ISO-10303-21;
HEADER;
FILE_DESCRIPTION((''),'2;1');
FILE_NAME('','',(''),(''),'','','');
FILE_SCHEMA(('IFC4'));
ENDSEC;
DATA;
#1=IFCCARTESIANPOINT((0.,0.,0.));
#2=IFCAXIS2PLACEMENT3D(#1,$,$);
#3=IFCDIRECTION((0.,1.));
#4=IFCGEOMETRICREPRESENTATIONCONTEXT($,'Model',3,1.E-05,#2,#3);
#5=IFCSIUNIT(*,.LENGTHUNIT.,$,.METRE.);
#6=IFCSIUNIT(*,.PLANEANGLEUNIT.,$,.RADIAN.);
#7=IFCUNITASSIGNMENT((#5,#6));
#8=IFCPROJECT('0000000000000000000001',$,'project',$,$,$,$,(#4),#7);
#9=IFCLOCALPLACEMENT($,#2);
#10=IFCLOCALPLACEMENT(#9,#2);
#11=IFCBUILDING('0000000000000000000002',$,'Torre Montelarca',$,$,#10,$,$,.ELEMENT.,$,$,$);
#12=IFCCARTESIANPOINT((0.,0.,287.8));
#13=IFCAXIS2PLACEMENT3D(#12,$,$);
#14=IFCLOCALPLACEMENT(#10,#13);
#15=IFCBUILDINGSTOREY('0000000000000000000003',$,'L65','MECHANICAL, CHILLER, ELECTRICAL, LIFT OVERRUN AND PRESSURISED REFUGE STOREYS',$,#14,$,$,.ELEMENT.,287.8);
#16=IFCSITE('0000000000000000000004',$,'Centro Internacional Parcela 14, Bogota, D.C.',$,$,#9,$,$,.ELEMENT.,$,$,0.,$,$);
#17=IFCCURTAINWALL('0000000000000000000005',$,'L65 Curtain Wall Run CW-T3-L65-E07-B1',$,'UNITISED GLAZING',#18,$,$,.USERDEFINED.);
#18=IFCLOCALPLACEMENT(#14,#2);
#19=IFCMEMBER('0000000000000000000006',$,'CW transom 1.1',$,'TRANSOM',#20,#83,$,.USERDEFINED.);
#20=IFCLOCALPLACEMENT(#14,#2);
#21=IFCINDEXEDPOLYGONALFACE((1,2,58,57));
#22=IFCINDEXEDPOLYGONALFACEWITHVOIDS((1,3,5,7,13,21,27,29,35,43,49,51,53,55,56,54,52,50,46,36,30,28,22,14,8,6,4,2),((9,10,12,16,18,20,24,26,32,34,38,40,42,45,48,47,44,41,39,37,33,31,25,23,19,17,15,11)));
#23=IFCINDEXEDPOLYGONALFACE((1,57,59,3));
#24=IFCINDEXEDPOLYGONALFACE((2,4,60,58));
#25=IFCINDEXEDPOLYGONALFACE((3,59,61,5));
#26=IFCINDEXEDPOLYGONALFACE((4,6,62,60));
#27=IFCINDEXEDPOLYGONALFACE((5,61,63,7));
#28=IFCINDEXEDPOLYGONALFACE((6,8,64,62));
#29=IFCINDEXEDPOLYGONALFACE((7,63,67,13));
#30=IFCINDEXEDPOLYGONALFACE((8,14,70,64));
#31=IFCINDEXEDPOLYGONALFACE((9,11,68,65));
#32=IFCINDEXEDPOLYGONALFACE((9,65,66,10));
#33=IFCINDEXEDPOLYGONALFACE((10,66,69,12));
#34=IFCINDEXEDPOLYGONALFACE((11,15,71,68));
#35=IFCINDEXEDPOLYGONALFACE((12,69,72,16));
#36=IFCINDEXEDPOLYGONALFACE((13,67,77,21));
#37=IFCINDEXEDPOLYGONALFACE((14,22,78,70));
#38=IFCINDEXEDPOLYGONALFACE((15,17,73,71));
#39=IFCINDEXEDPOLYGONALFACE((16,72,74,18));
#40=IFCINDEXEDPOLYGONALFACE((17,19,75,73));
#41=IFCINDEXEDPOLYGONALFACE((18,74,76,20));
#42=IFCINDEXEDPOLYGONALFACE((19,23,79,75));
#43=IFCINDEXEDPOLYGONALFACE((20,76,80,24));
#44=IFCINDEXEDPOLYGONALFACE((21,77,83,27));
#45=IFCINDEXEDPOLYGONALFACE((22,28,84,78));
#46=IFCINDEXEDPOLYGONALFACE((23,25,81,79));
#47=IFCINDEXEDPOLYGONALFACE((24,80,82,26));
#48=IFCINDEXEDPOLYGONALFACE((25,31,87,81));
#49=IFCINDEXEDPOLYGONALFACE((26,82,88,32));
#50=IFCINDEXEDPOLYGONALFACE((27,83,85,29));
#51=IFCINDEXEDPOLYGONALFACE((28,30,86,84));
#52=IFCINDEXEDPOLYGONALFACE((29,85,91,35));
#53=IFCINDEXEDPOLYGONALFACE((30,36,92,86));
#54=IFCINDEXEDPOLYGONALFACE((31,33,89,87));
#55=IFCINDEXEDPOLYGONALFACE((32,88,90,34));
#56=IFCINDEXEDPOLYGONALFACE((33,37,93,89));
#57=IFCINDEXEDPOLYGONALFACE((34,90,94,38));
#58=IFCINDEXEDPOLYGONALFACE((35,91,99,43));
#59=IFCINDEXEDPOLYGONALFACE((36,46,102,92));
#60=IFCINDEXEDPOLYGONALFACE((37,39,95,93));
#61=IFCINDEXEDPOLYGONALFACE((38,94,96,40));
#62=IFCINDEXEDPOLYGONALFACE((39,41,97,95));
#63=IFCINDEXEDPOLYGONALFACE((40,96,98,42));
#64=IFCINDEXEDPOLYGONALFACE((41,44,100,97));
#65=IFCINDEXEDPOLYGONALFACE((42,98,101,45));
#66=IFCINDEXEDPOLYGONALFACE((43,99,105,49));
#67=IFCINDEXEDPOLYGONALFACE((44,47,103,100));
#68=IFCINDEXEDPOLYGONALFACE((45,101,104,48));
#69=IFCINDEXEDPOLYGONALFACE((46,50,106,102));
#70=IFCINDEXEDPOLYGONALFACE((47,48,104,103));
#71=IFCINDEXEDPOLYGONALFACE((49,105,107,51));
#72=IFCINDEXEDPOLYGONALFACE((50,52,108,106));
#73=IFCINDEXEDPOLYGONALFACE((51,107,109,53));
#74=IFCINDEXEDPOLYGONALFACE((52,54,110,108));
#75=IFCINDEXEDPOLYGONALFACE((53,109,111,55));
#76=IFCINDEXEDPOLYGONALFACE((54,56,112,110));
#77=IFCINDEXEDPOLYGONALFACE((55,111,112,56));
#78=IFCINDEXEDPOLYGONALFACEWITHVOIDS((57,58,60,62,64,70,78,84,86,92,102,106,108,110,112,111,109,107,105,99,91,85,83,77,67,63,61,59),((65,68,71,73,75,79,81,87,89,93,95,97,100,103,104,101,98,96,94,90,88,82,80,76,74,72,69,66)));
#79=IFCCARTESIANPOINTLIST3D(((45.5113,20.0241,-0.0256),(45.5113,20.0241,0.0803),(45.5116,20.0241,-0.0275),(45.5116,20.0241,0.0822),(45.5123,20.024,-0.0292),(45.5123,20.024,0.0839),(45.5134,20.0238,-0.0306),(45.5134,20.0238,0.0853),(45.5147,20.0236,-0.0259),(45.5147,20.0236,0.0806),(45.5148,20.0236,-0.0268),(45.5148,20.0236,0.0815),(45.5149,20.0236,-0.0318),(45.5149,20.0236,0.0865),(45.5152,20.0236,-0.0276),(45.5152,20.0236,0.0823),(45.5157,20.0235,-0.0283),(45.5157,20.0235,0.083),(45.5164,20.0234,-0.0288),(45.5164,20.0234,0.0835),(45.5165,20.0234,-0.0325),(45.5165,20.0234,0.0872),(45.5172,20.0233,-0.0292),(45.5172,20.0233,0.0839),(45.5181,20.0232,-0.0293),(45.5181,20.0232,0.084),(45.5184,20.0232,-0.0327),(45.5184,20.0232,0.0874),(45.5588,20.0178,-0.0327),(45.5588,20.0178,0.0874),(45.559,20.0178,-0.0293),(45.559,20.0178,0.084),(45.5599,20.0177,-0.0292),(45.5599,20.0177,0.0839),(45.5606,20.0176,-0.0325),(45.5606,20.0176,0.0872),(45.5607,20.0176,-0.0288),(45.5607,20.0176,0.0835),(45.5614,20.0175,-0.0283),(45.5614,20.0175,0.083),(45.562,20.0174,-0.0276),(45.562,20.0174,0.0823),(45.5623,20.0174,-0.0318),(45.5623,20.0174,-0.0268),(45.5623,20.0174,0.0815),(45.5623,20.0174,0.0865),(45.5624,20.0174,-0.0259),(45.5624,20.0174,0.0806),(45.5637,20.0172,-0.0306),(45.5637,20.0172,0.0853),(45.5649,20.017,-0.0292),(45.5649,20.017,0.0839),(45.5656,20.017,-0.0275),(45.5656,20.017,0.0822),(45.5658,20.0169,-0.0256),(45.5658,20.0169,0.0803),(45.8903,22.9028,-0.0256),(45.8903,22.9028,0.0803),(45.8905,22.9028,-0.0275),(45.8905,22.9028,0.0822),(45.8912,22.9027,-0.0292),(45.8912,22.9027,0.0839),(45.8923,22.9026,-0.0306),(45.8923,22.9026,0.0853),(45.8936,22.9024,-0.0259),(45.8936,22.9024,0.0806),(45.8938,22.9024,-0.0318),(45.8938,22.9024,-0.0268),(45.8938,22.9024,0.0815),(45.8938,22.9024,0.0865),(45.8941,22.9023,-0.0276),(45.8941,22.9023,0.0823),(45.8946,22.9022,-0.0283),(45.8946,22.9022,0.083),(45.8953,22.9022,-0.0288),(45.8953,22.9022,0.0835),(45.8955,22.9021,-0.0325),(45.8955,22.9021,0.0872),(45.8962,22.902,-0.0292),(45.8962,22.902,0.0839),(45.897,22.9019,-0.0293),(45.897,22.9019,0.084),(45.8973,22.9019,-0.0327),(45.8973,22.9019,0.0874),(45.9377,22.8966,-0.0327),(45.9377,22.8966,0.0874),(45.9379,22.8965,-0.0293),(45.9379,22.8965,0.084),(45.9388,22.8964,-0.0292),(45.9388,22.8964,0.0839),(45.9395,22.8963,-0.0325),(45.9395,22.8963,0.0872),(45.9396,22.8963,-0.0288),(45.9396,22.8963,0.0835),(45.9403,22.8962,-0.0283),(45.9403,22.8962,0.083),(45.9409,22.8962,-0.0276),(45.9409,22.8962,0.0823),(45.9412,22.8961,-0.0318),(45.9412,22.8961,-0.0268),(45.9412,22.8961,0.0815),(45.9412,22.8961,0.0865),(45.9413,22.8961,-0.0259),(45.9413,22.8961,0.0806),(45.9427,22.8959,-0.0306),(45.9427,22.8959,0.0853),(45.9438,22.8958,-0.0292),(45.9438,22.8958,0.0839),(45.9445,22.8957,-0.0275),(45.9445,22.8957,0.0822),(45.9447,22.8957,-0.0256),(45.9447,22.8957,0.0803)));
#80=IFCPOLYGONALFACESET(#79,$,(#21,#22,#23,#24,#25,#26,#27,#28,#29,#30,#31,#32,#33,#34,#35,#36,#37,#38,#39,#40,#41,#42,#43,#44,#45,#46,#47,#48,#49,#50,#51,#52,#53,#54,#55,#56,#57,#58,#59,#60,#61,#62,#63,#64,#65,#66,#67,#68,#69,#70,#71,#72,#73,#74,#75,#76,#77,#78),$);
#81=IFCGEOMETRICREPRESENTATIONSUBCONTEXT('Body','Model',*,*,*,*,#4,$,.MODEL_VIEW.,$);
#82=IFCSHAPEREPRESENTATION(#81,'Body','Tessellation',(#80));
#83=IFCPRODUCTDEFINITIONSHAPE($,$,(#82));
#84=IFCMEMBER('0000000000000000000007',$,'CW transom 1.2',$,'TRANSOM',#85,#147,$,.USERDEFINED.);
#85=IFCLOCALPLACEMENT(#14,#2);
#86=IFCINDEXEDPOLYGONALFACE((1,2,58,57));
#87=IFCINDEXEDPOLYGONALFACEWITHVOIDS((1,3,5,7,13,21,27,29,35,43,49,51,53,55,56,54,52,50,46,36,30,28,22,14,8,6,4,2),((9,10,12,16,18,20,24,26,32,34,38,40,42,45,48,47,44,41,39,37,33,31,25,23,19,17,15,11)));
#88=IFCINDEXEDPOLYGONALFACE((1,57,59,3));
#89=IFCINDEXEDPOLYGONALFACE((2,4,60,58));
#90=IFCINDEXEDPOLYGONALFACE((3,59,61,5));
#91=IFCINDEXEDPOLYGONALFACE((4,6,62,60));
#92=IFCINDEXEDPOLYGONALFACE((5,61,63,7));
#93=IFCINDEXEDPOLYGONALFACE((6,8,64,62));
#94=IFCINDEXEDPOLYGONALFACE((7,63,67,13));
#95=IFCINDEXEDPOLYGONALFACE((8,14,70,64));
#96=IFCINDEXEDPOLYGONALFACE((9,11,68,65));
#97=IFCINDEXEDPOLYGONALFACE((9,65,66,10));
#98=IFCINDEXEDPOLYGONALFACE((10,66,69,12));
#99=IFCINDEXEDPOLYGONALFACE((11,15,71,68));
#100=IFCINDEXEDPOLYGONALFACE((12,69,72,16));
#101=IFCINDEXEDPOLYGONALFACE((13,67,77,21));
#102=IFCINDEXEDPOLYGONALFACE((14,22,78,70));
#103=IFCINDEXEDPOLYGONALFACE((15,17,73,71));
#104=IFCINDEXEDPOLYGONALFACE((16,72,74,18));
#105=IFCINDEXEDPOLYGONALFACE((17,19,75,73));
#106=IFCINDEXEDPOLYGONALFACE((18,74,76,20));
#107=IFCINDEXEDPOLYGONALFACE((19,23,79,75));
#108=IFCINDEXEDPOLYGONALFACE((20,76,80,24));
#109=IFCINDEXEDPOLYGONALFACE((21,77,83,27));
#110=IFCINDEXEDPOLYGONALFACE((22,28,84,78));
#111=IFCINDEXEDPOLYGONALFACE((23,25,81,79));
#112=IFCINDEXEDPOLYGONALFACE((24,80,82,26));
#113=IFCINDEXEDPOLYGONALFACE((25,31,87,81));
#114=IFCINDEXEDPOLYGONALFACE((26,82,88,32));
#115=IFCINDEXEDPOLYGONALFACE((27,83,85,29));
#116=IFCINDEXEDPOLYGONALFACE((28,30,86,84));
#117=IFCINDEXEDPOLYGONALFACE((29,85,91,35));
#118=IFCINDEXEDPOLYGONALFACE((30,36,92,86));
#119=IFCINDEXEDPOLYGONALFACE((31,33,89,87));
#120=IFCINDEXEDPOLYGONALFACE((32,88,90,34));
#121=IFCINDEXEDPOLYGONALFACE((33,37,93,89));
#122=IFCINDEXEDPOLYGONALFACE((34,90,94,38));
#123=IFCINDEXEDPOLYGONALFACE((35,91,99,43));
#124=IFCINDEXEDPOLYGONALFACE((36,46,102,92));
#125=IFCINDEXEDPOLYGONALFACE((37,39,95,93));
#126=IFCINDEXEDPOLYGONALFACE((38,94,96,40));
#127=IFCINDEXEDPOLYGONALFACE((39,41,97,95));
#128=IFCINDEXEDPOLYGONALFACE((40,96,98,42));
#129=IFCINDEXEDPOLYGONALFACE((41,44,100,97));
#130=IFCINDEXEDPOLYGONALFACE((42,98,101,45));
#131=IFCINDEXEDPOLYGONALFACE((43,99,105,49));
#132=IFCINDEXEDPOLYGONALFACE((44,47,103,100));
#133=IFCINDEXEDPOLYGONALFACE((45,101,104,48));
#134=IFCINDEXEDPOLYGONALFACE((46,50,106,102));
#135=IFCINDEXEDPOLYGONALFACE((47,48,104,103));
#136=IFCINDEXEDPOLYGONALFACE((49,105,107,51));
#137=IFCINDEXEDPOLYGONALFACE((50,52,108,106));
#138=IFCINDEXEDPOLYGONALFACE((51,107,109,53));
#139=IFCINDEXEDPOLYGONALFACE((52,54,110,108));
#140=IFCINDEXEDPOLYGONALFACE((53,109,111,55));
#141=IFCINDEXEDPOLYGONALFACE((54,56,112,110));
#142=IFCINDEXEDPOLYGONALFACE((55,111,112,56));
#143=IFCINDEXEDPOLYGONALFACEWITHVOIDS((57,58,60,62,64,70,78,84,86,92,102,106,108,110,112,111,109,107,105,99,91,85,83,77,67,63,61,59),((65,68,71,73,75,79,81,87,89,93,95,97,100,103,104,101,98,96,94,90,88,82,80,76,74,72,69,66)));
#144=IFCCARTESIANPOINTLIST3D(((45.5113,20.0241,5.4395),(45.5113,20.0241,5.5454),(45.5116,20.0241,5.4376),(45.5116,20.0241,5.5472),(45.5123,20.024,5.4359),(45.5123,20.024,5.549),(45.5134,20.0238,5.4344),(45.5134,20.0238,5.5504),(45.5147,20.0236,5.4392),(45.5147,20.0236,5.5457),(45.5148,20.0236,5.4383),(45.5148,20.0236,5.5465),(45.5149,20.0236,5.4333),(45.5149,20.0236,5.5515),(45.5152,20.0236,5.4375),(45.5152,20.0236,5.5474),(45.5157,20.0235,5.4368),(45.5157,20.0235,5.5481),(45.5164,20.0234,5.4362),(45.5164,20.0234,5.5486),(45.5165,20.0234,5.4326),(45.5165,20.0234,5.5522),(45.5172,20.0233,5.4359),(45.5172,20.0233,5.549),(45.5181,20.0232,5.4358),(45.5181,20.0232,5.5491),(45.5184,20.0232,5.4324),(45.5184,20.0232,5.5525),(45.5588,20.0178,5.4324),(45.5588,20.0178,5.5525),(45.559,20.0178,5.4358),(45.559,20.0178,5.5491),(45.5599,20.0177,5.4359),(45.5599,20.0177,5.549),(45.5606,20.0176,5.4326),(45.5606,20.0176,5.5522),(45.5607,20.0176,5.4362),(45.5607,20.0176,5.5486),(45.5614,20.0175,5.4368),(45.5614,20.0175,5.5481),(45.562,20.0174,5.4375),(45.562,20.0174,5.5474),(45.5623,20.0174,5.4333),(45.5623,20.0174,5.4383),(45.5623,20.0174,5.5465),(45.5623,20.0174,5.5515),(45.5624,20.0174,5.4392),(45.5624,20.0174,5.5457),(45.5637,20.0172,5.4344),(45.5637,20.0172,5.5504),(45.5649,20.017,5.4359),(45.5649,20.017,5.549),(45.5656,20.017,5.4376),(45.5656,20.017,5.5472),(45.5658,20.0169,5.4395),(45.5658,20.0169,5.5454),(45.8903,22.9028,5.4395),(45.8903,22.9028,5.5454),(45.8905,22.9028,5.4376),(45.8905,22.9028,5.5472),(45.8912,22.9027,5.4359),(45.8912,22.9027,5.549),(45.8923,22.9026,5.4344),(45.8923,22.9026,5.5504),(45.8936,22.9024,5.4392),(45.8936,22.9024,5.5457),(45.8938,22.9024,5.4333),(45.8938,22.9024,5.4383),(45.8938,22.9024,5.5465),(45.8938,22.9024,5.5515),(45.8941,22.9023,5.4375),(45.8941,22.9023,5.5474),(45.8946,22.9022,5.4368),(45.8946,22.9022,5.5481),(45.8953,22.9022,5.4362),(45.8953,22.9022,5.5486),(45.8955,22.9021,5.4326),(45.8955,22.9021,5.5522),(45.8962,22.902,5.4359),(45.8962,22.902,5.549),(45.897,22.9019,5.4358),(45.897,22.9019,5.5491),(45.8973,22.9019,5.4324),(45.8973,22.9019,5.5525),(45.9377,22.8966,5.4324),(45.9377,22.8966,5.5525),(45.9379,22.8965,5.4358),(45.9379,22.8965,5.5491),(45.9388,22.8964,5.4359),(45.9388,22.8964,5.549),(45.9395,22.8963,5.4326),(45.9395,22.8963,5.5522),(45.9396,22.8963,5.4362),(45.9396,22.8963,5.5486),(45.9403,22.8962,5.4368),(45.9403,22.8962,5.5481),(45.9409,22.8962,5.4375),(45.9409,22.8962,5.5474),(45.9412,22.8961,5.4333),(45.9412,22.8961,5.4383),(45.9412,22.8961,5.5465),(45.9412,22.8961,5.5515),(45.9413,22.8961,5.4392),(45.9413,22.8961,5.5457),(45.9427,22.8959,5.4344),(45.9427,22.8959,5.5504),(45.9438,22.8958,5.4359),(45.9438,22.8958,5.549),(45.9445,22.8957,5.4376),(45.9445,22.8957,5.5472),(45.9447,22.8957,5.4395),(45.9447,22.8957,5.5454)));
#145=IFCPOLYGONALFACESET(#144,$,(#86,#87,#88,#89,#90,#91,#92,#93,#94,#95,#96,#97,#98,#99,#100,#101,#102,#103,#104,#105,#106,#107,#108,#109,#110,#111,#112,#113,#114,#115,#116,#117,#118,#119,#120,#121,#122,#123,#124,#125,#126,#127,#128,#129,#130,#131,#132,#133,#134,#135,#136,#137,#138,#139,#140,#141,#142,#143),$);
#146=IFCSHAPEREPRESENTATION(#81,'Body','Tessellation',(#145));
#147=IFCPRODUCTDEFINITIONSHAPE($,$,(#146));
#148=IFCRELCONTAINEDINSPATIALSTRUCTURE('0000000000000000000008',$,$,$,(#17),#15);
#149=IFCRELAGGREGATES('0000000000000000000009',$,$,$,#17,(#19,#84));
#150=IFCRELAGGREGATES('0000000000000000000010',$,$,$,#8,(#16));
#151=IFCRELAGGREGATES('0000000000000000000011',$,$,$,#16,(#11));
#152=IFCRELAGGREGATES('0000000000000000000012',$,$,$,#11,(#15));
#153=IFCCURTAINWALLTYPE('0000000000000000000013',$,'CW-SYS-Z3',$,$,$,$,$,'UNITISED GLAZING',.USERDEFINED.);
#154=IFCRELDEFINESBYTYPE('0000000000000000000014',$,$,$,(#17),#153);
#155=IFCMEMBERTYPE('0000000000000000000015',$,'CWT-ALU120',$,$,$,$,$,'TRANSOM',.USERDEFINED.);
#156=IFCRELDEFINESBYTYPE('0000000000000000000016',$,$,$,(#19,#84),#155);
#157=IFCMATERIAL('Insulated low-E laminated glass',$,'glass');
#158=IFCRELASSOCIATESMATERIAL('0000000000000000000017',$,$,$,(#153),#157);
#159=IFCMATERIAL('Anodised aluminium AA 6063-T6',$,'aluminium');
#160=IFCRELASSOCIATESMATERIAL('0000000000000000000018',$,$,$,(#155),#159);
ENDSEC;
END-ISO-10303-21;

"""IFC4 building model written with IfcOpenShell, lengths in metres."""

from ifc_helpers import new_model, si_unit, direction, frame, origin, origin_2d, place, context, subcontext, project, spatial, hollow_rectangle, extrude, source, transform, mapped, material, material_profile, profile_set, type_object, element, aggregate, save


model = new_model("IFC4")

# Units and contexts
model_context = context("Model", 3, precision=1e-05, world=origin(), true_north=direction((0.0, 1.0)))
body_context = subcontext(model_context, "Body", "Model", "MODEL_VIEW")
ifc_project = project(units=[si_unit("LENGTHUNIT", "METRE"), si_unit("PLANEANGLEUNIT", "RADIAN")], contexts=[model_context])

# Site, building, storey
site_placement = place(None, origin())
site = spatial("IfcSite", under=ifc_project, at=site_placement, Name="Centro Internacional Parcela 14, Bogota, D.C.", CompositionType="ELEMENT", RefElevation=0.0)
building_placement = place(site_placement, origin())
building = spatial("IfcBuilding", under=site, at=building_placement, Name="Torre Montelarca", CompositionType="ELEMENT")
storey_placement = place(building_placement, frame((0.0, 0.0, 287.8)))
storey = spatial("IfcBuildingStorey", under=building, at=storey_placement, Name="L65", Description="MECHANICAL, CHILLER, ELECTRICAL, LIFT OVERRUN AND PRESSURISED REFUGE STOREYS", CompositionType="ELEMENT", Elevation=287.8)

# Curtain wall, members
ifc_material_1 = material(Name="Insulated low-E laminated glass", Category="glass")
curtain_wall_type = type_object("IfcCurtainWallType", Name="CW-SYS-Z3", ElementType="UNITISED GLAZING", PredefinedType="USERDEFINED", material=ifc_material_1)
curtain_wall_placement = place(storey_placement, origin())
curtain_wall = element("IfcCurtainWall", 1, at=curtain_wall_placement, inside=storey, type_object=curtain_wall_type, Name="L65 Curtain Wall Run CW-T3-L65-E07-B1", ObjectType="UNITISED GLAZING", PredefinedType="USERDEFINED")
ifc_material_2 = material(Name="Anodised aluminium AA 6063-T6", Category="aluminium")
ifc_material_profile_1 = material_profile(ifc_material_2, hollow_rectangle(XDim=0.0549, YDim=0.1201, WallThickness=0.0034, InnerFilletRadius=0.0034, OuterFilletRadius=0.0071, at=origin_2d()), Name="ALU55X120X3.5", Category="aluminium")
ifc_profile_set_1 = profile_set([ifc_material_profile_1], Name="Anodised aluminium AA 6063-T6")
member_type_1 = type_object("IfcMemberType", Name="CWT-ALU120", ElementType="TRANSOM", PredefinedType="USERDEFINED", material=ifc_profile_set_1)
shared_shape_1 = source(origin(), body_context, "Body", "SweptSolid", [
    extrude(hollow_rectangle(XDim=0.0549, YDim=0.1201, WallThickness=0.0034, InnerFilletRadius=0.0034, OuterFilletRadius=0.0071, at=origin_2d()), origin(), (0.0, 0.0, 1.0), 2.9036),
])
member_1_placement = place(storey_placement, frame((45.5386, 20.0205, 0.0273), z_axis=(0.1305, 0.991448, 0.0), x_axis=(-0.991448, 0.1305, 0.0)))
member_1 = element("IfcMember", 2, at=member_1_placement, type_object=member_type_1, Name="CW transom 1.1", ObjectType="TRANSOM", PredefinedType="USERDEFINED", context=body_context, shape_type="MappedRepresentation", body=[
    mapped(shared_shape_1, transform((0.0, 0.0, 0.0), scale=1.0)),
])
member_2_placement = place(storey_placement, frame((45.5386, 20.0205, 5.4924), z_axis=(0.1305, 0.991448, 0.0), x_axis=(-0.991448, 0.1305, 0.0)))
member_2 = element("IfcMember", 3, at=member_2_placement, type_object=member_type_1, Name="CW transom 1.2", ObjectType="TRANSOM", PredefinedType="USERDEFINED", context=body_context, shape_type="MappedRepresentation", body=[
    mapped(shared_shape_1, transform((0.0, 0.0, 0.0), scale=1.0)),
])

aggregate(curtain_wall, [member_1, member_2])

save(model, "model.ifc")
